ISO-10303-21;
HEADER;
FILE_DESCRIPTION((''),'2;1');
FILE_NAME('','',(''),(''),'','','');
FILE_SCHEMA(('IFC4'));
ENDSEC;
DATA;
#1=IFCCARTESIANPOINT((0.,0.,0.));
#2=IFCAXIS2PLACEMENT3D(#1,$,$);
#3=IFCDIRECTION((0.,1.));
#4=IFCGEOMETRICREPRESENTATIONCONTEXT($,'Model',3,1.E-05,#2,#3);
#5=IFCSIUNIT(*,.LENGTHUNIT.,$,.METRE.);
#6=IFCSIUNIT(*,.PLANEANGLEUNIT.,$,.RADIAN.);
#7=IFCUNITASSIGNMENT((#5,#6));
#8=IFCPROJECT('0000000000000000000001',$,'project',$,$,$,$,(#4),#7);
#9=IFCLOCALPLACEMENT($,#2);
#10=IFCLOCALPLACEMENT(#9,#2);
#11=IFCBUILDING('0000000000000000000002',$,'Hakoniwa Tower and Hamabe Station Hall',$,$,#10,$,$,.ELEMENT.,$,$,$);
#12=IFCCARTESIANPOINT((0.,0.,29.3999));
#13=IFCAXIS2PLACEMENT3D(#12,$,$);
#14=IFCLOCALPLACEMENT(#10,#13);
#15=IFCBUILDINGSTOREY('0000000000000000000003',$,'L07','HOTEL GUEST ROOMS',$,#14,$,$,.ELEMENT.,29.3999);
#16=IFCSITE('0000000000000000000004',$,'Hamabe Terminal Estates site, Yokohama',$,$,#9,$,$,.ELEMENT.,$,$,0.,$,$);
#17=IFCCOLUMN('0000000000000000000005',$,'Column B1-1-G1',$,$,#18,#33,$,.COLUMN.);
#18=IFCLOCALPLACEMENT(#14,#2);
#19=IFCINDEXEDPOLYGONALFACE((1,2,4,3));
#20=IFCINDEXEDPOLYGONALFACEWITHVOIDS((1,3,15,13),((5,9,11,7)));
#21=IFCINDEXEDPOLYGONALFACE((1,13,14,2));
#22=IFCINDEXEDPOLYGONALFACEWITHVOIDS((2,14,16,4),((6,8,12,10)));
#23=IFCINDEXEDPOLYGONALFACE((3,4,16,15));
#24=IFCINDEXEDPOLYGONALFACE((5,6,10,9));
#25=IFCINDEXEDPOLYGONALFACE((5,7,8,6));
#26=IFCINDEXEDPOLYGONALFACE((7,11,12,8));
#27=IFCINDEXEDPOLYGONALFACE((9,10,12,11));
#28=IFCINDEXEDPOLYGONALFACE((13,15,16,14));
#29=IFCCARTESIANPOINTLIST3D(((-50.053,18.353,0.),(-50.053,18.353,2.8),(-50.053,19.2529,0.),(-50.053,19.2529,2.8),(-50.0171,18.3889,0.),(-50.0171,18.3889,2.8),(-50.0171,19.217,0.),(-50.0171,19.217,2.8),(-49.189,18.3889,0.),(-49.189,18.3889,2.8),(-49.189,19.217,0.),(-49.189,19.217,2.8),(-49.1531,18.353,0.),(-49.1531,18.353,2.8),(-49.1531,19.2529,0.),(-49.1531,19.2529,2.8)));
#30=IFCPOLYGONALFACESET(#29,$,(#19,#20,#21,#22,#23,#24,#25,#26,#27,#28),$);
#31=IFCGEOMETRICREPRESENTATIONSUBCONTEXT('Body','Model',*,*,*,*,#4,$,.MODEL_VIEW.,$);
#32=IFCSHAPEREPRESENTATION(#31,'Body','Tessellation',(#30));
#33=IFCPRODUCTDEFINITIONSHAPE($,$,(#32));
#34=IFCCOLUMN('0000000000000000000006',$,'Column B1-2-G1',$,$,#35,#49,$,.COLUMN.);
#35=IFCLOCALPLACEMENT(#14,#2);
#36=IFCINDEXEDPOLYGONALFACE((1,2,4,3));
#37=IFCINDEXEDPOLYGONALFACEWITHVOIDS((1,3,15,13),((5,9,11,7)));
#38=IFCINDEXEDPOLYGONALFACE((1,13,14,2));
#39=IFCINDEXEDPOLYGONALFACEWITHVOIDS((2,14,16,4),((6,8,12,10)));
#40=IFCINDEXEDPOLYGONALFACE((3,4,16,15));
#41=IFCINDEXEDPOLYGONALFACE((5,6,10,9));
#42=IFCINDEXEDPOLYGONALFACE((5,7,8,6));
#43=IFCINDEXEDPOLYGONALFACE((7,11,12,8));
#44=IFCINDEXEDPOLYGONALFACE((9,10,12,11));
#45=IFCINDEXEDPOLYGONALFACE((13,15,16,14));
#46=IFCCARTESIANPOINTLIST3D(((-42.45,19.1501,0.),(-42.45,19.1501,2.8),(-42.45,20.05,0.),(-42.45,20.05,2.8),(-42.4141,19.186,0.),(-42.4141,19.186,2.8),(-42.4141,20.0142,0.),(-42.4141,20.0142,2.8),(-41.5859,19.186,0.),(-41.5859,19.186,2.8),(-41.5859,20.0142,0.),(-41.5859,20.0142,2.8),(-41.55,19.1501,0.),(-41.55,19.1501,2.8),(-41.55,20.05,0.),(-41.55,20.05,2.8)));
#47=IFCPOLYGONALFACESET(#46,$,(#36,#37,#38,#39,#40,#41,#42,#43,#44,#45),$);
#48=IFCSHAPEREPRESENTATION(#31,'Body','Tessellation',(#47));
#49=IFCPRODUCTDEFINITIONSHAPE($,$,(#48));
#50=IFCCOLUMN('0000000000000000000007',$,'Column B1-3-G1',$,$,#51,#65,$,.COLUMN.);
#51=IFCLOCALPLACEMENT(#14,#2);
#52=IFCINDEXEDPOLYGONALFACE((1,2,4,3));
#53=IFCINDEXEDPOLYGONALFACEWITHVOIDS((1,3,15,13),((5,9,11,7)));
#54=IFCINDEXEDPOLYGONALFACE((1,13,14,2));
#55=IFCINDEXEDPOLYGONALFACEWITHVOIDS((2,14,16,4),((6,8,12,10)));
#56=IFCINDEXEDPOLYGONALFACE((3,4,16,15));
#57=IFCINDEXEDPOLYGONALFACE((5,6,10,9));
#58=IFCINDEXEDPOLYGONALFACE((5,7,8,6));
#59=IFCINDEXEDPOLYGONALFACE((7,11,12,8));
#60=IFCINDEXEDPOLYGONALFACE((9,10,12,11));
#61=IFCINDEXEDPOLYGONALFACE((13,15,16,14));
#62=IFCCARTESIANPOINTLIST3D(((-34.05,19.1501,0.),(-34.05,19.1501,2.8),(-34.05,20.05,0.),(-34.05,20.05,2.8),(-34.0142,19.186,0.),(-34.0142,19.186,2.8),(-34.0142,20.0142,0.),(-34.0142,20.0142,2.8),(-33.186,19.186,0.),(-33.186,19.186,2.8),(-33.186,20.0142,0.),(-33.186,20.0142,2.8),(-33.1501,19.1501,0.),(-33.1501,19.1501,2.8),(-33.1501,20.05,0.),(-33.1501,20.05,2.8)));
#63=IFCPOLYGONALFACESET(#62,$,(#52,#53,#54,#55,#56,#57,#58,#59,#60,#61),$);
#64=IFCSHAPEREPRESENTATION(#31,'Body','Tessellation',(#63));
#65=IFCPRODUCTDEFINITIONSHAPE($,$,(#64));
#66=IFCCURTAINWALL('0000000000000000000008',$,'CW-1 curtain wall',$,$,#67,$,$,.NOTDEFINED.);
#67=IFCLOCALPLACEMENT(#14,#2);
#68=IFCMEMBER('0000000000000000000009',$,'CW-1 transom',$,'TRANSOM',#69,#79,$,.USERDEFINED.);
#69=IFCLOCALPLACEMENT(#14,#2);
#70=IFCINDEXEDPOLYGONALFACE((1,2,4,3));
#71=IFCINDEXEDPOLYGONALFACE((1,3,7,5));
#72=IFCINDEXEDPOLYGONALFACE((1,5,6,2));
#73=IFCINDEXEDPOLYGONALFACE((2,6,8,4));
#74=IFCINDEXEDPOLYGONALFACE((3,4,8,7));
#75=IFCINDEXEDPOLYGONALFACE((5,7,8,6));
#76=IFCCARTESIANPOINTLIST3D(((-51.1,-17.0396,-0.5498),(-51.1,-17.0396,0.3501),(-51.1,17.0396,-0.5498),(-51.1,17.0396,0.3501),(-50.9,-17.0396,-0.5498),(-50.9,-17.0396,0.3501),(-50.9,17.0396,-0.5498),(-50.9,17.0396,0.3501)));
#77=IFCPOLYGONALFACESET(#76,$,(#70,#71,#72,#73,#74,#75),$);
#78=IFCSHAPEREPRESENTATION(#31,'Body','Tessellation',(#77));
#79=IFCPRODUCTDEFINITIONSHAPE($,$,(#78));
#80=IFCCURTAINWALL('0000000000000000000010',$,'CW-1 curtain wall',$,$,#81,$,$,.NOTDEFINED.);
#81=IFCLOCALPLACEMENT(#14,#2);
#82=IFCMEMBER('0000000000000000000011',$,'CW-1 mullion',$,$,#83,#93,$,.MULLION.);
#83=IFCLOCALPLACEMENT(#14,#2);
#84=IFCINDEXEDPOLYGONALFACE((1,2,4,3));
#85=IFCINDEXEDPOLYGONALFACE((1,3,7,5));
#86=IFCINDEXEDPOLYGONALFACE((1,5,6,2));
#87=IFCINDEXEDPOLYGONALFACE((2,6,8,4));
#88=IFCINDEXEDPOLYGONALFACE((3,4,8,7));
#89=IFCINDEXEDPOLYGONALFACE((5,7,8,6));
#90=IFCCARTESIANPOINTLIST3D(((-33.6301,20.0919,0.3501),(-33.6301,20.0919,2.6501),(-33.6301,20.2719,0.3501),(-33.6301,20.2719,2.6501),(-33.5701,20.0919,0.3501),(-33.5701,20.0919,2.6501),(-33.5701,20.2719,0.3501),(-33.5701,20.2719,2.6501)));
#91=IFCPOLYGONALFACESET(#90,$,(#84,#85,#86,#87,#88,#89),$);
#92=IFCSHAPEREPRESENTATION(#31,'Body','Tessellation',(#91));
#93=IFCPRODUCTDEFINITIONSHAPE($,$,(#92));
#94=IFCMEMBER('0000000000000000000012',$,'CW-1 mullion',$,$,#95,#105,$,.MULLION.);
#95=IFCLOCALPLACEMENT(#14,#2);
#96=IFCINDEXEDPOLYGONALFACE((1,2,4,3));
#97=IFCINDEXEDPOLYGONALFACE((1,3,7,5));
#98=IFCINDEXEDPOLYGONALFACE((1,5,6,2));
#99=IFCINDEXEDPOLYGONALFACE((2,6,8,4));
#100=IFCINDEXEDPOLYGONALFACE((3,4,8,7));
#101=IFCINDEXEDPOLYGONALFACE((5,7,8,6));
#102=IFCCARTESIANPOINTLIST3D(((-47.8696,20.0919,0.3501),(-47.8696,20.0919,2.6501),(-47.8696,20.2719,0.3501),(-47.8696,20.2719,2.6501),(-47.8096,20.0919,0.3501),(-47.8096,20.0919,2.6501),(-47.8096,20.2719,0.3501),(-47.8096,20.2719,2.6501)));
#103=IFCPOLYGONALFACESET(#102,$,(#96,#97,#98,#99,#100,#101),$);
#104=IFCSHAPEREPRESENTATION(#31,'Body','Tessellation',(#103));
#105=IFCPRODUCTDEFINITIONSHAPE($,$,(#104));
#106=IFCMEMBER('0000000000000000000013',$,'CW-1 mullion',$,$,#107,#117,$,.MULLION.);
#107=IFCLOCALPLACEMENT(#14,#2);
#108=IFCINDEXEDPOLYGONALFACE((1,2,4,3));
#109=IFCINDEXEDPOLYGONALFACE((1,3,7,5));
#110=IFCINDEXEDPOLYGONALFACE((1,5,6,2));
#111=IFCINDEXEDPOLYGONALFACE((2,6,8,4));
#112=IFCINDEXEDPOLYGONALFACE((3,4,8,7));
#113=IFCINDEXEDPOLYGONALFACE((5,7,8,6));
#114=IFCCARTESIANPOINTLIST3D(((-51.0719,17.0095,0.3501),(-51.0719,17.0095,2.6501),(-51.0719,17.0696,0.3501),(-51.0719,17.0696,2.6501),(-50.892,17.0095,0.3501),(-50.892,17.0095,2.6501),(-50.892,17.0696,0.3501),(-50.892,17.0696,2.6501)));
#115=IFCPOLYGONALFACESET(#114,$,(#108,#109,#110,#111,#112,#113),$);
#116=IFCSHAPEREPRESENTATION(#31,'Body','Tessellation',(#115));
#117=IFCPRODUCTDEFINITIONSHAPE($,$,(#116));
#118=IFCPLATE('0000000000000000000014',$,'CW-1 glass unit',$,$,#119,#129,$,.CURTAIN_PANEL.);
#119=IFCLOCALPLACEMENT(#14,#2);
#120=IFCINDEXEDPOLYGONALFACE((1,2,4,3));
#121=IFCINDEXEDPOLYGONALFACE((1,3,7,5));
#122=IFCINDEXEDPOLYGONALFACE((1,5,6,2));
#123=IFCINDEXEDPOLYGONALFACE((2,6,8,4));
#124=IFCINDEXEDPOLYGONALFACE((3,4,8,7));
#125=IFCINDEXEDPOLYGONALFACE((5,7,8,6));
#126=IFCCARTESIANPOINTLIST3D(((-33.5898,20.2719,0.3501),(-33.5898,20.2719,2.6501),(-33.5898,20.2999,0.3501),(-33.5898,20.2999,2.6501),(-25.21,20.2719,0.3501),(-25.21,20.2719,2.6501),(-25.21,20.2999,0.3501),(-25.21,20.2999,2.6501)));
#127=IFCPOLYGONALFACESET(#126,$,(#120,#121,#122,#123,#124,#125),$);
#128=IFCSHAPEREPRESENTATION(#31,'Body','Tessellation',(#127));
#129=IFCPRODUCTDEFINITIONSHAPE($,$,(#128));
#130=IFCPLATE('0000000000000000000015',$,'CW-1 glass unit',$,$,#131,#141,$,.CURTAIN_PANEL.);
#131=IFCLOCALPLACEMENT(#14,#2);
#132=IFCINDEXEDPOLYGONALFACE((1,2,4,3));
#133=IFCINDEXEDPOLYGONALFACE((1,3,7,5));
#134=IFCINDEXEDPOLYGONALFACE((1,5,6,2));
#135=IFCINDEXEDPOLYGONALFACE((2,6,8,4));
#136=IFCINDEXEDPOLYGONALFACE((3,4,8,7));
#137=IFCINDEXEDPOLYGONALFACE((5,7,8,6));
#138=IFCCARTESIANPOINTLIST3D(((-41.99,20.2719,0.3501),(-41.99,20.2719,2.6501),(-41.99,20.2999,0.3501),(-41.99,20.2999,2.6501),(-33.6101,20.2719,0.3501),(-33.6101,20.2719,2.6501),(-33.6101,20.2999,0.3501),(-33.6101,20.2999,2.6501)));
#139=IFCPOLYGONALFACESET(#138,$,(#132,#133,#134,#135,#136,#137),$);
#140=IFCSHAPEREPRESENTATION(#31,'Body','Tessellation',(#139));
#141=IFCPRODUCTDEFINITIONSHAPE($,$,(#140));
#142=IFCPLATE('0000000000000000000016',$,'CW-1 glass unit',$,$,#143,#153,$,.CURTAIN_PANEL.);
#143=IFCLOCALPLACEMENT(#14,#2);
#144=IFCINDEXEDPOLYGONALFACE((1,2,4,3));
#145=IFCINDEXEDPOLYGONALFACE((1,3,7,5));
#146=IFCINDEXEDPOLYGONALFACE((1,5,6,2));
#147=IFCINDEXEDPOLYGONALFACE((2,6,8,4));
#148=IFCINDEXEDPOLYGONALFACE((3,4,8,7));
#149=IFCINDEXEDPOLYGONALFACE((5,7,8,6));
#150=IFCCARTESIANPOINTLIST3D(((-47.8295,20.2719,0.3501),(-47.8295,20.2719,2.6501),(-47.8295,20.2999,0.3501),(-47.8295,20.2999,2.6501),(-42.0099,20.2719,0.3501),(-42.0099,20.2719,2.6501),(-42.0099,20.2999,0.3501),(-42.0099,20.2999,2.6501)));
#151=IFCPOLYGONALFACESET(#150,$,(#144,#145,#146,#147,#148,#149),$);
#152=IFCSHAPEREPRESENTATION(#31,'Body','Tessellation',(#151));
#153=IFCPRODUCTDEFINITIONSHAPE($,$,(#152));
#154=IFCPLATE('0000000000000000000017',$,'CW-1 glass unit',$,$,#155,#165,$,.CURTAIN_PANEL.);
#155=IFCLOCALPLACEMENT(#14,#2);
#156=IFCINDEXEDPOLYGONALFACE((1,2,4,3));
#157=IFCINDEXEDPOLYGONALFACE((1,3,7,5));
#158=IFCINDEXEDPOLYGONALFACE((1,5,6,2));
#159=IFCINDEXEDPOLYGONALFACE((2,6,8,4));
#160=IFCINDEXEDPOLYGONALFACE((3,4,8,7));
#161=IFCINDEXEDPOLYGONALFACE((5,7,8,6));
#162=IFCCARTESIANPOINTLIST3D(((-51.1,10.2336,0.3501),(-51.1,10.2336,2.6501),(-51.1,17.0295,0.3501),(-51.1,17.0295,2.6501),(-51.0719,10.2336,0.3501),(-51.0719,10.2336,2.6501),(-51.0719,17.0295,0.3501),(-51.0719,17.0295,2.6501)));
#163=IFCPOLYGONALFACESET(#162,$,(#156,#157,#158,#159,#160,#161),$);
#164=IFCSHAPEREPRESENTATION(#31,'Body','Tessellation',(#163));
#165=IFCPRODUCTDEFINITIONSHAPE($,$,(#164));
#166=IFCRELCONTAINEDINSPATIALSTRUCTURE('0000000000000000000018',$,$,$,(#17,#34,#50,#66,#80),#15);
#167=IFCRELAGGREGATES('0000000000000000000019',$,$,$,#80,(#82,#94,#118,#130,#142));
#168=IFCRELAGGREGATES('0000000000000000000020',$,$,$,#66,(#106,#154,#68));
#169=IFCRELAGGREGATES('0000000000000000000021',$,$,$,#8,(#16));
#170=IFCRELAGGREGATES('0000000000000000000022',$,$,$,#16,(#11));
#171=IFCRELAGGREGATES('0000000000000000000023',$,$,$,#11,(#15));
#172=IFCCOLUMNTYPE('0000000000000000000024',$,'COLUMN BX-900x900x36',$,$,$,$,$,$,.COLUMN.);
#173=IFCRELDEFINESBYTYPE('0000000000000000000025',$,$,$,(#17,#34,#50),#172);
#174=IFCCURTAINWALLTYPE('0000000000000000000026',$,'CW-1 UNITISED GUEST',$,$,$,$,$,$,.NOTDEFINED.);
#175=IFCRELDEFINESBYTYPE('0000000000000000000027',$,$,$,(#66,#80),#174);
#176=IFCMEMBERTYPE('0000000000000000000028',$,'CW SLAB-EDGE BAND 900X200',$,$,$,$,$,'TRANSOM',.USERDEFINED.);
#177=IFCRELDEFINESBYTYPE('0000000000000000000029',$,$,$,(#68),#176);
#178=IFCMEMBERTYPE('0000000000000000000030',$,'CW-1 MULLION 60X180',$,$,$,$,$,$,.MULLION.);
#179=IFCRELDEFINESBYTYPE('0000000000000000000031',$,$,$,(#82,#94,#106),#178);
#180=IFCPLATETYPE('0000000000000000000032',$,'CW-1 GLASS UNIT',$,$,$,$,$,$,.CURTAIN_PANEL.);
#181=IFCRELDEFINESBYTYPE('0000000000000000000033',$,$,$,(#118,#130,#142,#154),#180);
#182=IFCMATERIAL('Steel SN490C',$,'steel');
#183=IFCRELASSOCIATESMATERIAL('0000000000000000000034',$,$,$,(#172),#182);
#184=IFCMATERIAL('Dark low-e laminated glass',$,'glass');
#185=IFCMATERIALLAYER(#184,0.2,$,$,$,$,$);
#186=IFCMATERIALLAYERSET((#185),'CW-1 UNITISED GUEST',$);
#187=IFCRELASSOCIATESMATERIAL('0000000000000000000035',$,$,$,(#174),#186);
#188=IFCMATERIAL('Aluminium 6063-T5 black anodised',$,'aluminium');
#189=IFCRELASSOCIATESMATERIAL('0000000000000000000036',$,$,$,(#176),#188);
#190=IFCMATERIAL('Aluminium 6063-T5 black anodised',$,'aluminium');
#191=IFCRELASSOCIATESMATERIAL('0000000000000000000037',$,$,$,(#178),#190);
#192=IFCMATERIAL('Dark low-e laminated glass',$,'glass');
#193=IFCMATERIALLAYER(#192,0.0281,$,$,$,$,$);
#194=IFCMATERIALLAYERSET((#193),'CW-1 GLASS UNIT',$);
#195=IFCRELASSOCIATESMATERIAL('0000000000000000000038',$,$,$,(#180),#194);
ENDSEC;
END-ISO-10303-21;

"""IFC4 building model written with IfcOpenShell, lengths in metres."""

from ifc_helpers import new_model, si_unit, direction, frame, origin, origin_2d, place, context, subcontext, project, spatial, rectangle, hollow_rectangle, extrude, material, layer, layer_set, material_profile, profile_set, type_object, element, aggregate, save


model = new_model("IFC4")

# Units and contexts
model_context = context("Model", 3, precision=1e-05, world=origin(), true_north=direction((0.0, 1.0)))
body_context = subcontext(model_context, "Body", "Model", "MODEL_VIEW")
ifc_project = project(units=[si_unit("LENGTHUNIT", "METRE"), si_unit("PLANEANGLEUNIT", "RADIAN")], contexts=[model_context])

# Site, building, storey
site_placement = place(None, origin())
site = spatial("IfcSite", under=ifc_project, at=site_placement, Name="Hamabe Terminal Estates site, Yokohama", CompositionType="ELEMENT", RefElevation=0.0)
building_placement = place(site_placement, origin())
building = spatial("IfcBuilding", under=site, at=building_placement, Name="Hakoniwa Tower and Hamabe Station Hall", CompositionType="ELEMENT")
storey_placement = place(building_placement, frame((0.0, 0.0, 29.3999)))
storey = spatial("IfcBuildingStorey", under=building, at=storey_placement, Name="L07", Description="HOTEL GUEST ROOMS", CompositionType="ELEMENT", Elevation=29.3999)

# Columns
ifc_material_1 = material(Name="Steel SN490C", Category="steel")
ifc_material_profile_1 = material_profile(ifc_material_1, hollow_rectangle(XDim=0.8999, YDim=0.8999, WallThickness=0.0359, at=origin_2d()), Name="BX-900x900x36")
ifc_profile_set_1 = profile_set([ifc_material_profile_1], Name="Steel SN490C")
column_type = type_object("IfcColumnType", Name="COLUMN BX-900x900x36", PredefinedType="COLUMN", material=ifc_profile_set_1)
for number, where, z_axis, x_axis, name in (
    (1, (-49.603, 18.803, 0.0), (0.0, 0.0, 1.0), (1.0, 0.0, 0.0), "Column B1-1-G1"),
    (2, (-42.0, 19.6001, 0.0), (0.0, 0.0, 1.0), (1.0, 0.0, 0.0), "Column B1-2-G1"),
    (3, (-33.6001, 19.6001, 0.0), (0.0, 0.0, 1.0), (1.0, 0.0, 0.0), "Column B1-3-G1"),
):
    element("IfcColumn", number, at=place(storey_placement, frame(where, z_axis=z_axis, x_axis=x_axis)), inside=storey, type_object=column_type, Name=name, PredefinedType="COLUMN", context=body_context, shape_type="SweptSolid", body=[
        extrude(hollow_rectangle(XDim=0.8999, YDim=0.8999, WallThickness=0.0359, at=origin_2d()), origin(), (0.0, 0.0, 1.0), 2.8),
    ])

# Curtain wall, member
ifc_material_2 = material(Name="Dark low-e laminated glass", Category="glass")
ifc_layer_1 = layer(ifc_material_2, 0.2)
ifc_layer_set_1 = layer_set([ifc_layer_1], Name="CW-1 UNITISED GUEST")
curtain_wall_type = type_object("IfcCurtainWallType", Name="CW-1 UNITISED GUEST", PredefinedType="NOTDEFINED", material=ifc_layer_set_1)
curtain_wall_1_placement = place(storey_placement, origin())
curtain_wall_1 = element("IfcCurtainWall", 4, at=curtain_wall_1_placement, inside=storey, type_object=curtain_wall_type, Name="CW-1 curtain wall", PredefinedType="NOTDEFINED")
ifc_material_3 = material(Name="Aluminium 6063-T5 black anodised", Category="aluminium")
ifc_material_profile_2 = material_profile(ifc_material_3, rectangle(XDim=0.2, YDim=0.8999, at=origin_2d()), Name="CW SLAB-EDGE BAND 900X200")
ifc_profile_set_2 = profile_set([ifc_material_profile_2], Name="Aluminium 6063-T5 black anodised")
member_type_1 = type_object("IfcMemberType", Name="CW SLAB-EDGE BAND 900X200", ElementType="TRANSOM", PredefinedType="USERDEFINED", material=ifc_profile_set_2)
member_1_placement = place(storey_placement, frame((-51.0, 17.0396, -0.0999), z_axis=(0.0, -1.0, 0.0), x_axis=(1.0, 0.0, 0.0)))
member_1 = element("IfcMember", 5, at=member_1_placement, type_object=member_type_1, Name="CW-1 transom", ObjectType="TRANSOM", PredefinedType="USERDEFINED", context=body_context, shape_type="SweptSolid", body=[
    extrude(rectangle(XDim=0.2, YDim=0.8999, at=origin_2d()), origin(), (0.0, 0.0, 1.0), 34.0791),
])

# Curtain wall, members
curtain_wall_2_placement = place(storey_placement, origin())
curtain_wall_2 = element("IfcCurtainWall", 6, at=curtain_wall_2_placement, inside=storey, type_object=curtain_wall_type, Name="CW-1 curtain wall", PredefinedType="NOTDEFINED")
ifc_material_4 = material(Name="Aluminium 6063-T5 black anodised", Category="aluminium")
ifc_material_profile_3 = material_profile(ifc_material_4, rectangle(XDim=0.0601, YDim=0.1799, at=origin_2d()), Name="CW-1 MULLION 60X180")
ifc_profile_set_3 = profile_set([ifc_material_profile_3], Name="Aluminium 6063-T5 black anodised")
member_type_2 = type_object("IfcMemberType", Name="CW-1 MULLION 60X180", PredefinedType="MULLION", material=ifc_profile_set_3)
member_2_placement = place(storey_placement, frame((-33.6001, 20.1819, 0.3501), z_axis=(0.0, 0.0, 1.0), x_axis=(-1.0, 0.0, 0.0)))
member_2 = element("IfcMember", 7, at=member_2_placement, type_object=member_type_2, Name="CW-1 mullion", PredefinedType="MULLION", context=body_context, shape_type="SweptSolid", body=[
    extrude(rectangle(XDim=0.0601, YDim=0.1799, at=origin_2d()), origin(), (0.0, 0.0, 1.0), 2.3),
])
member_3_placement = place(storey_placement, frame((-47.8396, 20.1819, 0.3501), z_axis=(0.0, 0.0, 1.0), x_axis=(-1.0, 0.0, 0.0)))
member_3 = element("IfcMember", 8, at=member_3_placement, type_object=member_type_2, Name="CW-1 mullion", PredefinedType="MULLION", context=body_context, shape_type="SweptSolid", body=[
    extrude(rectangle(XDim=0.0601, YDim=0.1799, at=origin_2d()), origin(), (0.0, 0.0, 1.0), 2.3),
])

# Member
member_4_placement = place(storey_placement, frame((-50.9819, 17.0396, 0.3501), z_axis=(0.0, 0.0, 1.0), x_axis=(0.0, -1.0, 0.0)))
member_4 = element("IfcMember", 9, at=member_4_placement, type_object=member_type_2, Name="CW-1 mullion", PredefinedType="MULLION", context=body_context, shape_type="SweptSolid", body=[
    extrude(rectangle(XDim=0.0601, YDim=0.1799, at=origin_2d()), origin(), (0.0, 0.0, 1.0), 2.3),
])

# Plates
ifc_material_5 = material(Name="Dark low-e laminated glass", Category="glass")
ifc_layer_2 = layer(ifc_material_5, 0.0281)
ifc_layer_set_2 = layer_set([ifc_layer_2], Name="CW-1 GLASS UNIT")
plate_type = type_object("IfcPlateType", Name="CW-1 GLASS UNIT", PredefinedType="CURTAIN_PANEL", material=ifc_layer_set_2)
plate_1_placement = place(storey_placement, frame((-29.3999, 20.2859, 0.3501), z_axis=(0.0, 0.0, 1.0), x_axis=(-1.0, 0.0, 0.0)))
plate_1 = element("IfcPlate", 10, at=plate_1_placement, type_object=plate_type, Name="CW-1 glass unit", PredefinedType="CURTAIN_PANEL", context=body_context, shape_type="SweptSolid", body=[
    extrude(rectangle(XDim=8.3799, YDim=0.0281, at=origin_2d()), origin(), (0.0, 0.0, 1.0), 2.3),
])
plate_2_placement = place(storey_placement, frame((-37.8, 20.2859, 0.3501), z_axis=(0.0, 0.0, 1.0), x_axis=(-1.0, 0.0, 0.0)))
plate_2 = element("IfcPlate", 11, at=plate_2_placement, type_object=plate_type, Name="CW-1 glass unit", PredefinedType="CURTAIN_PANEL", context=body_context, shape_type="SweptSolid", body=[
    extrude(rectangle(XDim=8.3799, YDim=0.0281, at=origin_2d()), origin(), (0.0, 0.0, 1.0), 2.3),
])
plate_3_placement = place(storey_placement, frame((-44.9197, 20.2859, 0.3501), z_axis=(0.0, 0.0, 1.0), x_axis=(-1.0, 0.0, 0.0)))
plate_3 = element("IfcPlate", 12, at=plate_3_placement, type_object=plate_type, Name="CW-1 glass unit", PredefinedType="CURTAIN_PANEL", context=body_context, shape_type="SweptSolid", body=[
    extrude(rectangle(XDim=5.8196, YDim=0.0281, at=origin_2d()), origin(), (0.0, 0.0, 1.0), 2.3),
])
aggregate(curtain_wall_2, [member_2, member_3, plate_1, plate_2, plate_3])
plate_4_placement = place(storey_placement, frame((-51.0859, 13.6316, 0.3501), z_axis=(0.0, 0.0, 1.0), x_axis=(0.0, -1.0, 0.0)))
plate_4 = element("IfcPlate", 13, at=plate_4_placement, type_object=plate_type, Name="CW-1 glass unit", PredefinedType="CURTAIN_PANEL", context=body_context, shape_type="SweptSolid", body=[
    extrude(rectangle(XDim=6.7959, YDim=0.0281, at=origin_2d()), origin(), (0.0, 0.0, 1.0), 2.3),
])
aggregate(curtain_wall_1, [member_4, plate_4, member_1])

save(model, "model.ifc")
